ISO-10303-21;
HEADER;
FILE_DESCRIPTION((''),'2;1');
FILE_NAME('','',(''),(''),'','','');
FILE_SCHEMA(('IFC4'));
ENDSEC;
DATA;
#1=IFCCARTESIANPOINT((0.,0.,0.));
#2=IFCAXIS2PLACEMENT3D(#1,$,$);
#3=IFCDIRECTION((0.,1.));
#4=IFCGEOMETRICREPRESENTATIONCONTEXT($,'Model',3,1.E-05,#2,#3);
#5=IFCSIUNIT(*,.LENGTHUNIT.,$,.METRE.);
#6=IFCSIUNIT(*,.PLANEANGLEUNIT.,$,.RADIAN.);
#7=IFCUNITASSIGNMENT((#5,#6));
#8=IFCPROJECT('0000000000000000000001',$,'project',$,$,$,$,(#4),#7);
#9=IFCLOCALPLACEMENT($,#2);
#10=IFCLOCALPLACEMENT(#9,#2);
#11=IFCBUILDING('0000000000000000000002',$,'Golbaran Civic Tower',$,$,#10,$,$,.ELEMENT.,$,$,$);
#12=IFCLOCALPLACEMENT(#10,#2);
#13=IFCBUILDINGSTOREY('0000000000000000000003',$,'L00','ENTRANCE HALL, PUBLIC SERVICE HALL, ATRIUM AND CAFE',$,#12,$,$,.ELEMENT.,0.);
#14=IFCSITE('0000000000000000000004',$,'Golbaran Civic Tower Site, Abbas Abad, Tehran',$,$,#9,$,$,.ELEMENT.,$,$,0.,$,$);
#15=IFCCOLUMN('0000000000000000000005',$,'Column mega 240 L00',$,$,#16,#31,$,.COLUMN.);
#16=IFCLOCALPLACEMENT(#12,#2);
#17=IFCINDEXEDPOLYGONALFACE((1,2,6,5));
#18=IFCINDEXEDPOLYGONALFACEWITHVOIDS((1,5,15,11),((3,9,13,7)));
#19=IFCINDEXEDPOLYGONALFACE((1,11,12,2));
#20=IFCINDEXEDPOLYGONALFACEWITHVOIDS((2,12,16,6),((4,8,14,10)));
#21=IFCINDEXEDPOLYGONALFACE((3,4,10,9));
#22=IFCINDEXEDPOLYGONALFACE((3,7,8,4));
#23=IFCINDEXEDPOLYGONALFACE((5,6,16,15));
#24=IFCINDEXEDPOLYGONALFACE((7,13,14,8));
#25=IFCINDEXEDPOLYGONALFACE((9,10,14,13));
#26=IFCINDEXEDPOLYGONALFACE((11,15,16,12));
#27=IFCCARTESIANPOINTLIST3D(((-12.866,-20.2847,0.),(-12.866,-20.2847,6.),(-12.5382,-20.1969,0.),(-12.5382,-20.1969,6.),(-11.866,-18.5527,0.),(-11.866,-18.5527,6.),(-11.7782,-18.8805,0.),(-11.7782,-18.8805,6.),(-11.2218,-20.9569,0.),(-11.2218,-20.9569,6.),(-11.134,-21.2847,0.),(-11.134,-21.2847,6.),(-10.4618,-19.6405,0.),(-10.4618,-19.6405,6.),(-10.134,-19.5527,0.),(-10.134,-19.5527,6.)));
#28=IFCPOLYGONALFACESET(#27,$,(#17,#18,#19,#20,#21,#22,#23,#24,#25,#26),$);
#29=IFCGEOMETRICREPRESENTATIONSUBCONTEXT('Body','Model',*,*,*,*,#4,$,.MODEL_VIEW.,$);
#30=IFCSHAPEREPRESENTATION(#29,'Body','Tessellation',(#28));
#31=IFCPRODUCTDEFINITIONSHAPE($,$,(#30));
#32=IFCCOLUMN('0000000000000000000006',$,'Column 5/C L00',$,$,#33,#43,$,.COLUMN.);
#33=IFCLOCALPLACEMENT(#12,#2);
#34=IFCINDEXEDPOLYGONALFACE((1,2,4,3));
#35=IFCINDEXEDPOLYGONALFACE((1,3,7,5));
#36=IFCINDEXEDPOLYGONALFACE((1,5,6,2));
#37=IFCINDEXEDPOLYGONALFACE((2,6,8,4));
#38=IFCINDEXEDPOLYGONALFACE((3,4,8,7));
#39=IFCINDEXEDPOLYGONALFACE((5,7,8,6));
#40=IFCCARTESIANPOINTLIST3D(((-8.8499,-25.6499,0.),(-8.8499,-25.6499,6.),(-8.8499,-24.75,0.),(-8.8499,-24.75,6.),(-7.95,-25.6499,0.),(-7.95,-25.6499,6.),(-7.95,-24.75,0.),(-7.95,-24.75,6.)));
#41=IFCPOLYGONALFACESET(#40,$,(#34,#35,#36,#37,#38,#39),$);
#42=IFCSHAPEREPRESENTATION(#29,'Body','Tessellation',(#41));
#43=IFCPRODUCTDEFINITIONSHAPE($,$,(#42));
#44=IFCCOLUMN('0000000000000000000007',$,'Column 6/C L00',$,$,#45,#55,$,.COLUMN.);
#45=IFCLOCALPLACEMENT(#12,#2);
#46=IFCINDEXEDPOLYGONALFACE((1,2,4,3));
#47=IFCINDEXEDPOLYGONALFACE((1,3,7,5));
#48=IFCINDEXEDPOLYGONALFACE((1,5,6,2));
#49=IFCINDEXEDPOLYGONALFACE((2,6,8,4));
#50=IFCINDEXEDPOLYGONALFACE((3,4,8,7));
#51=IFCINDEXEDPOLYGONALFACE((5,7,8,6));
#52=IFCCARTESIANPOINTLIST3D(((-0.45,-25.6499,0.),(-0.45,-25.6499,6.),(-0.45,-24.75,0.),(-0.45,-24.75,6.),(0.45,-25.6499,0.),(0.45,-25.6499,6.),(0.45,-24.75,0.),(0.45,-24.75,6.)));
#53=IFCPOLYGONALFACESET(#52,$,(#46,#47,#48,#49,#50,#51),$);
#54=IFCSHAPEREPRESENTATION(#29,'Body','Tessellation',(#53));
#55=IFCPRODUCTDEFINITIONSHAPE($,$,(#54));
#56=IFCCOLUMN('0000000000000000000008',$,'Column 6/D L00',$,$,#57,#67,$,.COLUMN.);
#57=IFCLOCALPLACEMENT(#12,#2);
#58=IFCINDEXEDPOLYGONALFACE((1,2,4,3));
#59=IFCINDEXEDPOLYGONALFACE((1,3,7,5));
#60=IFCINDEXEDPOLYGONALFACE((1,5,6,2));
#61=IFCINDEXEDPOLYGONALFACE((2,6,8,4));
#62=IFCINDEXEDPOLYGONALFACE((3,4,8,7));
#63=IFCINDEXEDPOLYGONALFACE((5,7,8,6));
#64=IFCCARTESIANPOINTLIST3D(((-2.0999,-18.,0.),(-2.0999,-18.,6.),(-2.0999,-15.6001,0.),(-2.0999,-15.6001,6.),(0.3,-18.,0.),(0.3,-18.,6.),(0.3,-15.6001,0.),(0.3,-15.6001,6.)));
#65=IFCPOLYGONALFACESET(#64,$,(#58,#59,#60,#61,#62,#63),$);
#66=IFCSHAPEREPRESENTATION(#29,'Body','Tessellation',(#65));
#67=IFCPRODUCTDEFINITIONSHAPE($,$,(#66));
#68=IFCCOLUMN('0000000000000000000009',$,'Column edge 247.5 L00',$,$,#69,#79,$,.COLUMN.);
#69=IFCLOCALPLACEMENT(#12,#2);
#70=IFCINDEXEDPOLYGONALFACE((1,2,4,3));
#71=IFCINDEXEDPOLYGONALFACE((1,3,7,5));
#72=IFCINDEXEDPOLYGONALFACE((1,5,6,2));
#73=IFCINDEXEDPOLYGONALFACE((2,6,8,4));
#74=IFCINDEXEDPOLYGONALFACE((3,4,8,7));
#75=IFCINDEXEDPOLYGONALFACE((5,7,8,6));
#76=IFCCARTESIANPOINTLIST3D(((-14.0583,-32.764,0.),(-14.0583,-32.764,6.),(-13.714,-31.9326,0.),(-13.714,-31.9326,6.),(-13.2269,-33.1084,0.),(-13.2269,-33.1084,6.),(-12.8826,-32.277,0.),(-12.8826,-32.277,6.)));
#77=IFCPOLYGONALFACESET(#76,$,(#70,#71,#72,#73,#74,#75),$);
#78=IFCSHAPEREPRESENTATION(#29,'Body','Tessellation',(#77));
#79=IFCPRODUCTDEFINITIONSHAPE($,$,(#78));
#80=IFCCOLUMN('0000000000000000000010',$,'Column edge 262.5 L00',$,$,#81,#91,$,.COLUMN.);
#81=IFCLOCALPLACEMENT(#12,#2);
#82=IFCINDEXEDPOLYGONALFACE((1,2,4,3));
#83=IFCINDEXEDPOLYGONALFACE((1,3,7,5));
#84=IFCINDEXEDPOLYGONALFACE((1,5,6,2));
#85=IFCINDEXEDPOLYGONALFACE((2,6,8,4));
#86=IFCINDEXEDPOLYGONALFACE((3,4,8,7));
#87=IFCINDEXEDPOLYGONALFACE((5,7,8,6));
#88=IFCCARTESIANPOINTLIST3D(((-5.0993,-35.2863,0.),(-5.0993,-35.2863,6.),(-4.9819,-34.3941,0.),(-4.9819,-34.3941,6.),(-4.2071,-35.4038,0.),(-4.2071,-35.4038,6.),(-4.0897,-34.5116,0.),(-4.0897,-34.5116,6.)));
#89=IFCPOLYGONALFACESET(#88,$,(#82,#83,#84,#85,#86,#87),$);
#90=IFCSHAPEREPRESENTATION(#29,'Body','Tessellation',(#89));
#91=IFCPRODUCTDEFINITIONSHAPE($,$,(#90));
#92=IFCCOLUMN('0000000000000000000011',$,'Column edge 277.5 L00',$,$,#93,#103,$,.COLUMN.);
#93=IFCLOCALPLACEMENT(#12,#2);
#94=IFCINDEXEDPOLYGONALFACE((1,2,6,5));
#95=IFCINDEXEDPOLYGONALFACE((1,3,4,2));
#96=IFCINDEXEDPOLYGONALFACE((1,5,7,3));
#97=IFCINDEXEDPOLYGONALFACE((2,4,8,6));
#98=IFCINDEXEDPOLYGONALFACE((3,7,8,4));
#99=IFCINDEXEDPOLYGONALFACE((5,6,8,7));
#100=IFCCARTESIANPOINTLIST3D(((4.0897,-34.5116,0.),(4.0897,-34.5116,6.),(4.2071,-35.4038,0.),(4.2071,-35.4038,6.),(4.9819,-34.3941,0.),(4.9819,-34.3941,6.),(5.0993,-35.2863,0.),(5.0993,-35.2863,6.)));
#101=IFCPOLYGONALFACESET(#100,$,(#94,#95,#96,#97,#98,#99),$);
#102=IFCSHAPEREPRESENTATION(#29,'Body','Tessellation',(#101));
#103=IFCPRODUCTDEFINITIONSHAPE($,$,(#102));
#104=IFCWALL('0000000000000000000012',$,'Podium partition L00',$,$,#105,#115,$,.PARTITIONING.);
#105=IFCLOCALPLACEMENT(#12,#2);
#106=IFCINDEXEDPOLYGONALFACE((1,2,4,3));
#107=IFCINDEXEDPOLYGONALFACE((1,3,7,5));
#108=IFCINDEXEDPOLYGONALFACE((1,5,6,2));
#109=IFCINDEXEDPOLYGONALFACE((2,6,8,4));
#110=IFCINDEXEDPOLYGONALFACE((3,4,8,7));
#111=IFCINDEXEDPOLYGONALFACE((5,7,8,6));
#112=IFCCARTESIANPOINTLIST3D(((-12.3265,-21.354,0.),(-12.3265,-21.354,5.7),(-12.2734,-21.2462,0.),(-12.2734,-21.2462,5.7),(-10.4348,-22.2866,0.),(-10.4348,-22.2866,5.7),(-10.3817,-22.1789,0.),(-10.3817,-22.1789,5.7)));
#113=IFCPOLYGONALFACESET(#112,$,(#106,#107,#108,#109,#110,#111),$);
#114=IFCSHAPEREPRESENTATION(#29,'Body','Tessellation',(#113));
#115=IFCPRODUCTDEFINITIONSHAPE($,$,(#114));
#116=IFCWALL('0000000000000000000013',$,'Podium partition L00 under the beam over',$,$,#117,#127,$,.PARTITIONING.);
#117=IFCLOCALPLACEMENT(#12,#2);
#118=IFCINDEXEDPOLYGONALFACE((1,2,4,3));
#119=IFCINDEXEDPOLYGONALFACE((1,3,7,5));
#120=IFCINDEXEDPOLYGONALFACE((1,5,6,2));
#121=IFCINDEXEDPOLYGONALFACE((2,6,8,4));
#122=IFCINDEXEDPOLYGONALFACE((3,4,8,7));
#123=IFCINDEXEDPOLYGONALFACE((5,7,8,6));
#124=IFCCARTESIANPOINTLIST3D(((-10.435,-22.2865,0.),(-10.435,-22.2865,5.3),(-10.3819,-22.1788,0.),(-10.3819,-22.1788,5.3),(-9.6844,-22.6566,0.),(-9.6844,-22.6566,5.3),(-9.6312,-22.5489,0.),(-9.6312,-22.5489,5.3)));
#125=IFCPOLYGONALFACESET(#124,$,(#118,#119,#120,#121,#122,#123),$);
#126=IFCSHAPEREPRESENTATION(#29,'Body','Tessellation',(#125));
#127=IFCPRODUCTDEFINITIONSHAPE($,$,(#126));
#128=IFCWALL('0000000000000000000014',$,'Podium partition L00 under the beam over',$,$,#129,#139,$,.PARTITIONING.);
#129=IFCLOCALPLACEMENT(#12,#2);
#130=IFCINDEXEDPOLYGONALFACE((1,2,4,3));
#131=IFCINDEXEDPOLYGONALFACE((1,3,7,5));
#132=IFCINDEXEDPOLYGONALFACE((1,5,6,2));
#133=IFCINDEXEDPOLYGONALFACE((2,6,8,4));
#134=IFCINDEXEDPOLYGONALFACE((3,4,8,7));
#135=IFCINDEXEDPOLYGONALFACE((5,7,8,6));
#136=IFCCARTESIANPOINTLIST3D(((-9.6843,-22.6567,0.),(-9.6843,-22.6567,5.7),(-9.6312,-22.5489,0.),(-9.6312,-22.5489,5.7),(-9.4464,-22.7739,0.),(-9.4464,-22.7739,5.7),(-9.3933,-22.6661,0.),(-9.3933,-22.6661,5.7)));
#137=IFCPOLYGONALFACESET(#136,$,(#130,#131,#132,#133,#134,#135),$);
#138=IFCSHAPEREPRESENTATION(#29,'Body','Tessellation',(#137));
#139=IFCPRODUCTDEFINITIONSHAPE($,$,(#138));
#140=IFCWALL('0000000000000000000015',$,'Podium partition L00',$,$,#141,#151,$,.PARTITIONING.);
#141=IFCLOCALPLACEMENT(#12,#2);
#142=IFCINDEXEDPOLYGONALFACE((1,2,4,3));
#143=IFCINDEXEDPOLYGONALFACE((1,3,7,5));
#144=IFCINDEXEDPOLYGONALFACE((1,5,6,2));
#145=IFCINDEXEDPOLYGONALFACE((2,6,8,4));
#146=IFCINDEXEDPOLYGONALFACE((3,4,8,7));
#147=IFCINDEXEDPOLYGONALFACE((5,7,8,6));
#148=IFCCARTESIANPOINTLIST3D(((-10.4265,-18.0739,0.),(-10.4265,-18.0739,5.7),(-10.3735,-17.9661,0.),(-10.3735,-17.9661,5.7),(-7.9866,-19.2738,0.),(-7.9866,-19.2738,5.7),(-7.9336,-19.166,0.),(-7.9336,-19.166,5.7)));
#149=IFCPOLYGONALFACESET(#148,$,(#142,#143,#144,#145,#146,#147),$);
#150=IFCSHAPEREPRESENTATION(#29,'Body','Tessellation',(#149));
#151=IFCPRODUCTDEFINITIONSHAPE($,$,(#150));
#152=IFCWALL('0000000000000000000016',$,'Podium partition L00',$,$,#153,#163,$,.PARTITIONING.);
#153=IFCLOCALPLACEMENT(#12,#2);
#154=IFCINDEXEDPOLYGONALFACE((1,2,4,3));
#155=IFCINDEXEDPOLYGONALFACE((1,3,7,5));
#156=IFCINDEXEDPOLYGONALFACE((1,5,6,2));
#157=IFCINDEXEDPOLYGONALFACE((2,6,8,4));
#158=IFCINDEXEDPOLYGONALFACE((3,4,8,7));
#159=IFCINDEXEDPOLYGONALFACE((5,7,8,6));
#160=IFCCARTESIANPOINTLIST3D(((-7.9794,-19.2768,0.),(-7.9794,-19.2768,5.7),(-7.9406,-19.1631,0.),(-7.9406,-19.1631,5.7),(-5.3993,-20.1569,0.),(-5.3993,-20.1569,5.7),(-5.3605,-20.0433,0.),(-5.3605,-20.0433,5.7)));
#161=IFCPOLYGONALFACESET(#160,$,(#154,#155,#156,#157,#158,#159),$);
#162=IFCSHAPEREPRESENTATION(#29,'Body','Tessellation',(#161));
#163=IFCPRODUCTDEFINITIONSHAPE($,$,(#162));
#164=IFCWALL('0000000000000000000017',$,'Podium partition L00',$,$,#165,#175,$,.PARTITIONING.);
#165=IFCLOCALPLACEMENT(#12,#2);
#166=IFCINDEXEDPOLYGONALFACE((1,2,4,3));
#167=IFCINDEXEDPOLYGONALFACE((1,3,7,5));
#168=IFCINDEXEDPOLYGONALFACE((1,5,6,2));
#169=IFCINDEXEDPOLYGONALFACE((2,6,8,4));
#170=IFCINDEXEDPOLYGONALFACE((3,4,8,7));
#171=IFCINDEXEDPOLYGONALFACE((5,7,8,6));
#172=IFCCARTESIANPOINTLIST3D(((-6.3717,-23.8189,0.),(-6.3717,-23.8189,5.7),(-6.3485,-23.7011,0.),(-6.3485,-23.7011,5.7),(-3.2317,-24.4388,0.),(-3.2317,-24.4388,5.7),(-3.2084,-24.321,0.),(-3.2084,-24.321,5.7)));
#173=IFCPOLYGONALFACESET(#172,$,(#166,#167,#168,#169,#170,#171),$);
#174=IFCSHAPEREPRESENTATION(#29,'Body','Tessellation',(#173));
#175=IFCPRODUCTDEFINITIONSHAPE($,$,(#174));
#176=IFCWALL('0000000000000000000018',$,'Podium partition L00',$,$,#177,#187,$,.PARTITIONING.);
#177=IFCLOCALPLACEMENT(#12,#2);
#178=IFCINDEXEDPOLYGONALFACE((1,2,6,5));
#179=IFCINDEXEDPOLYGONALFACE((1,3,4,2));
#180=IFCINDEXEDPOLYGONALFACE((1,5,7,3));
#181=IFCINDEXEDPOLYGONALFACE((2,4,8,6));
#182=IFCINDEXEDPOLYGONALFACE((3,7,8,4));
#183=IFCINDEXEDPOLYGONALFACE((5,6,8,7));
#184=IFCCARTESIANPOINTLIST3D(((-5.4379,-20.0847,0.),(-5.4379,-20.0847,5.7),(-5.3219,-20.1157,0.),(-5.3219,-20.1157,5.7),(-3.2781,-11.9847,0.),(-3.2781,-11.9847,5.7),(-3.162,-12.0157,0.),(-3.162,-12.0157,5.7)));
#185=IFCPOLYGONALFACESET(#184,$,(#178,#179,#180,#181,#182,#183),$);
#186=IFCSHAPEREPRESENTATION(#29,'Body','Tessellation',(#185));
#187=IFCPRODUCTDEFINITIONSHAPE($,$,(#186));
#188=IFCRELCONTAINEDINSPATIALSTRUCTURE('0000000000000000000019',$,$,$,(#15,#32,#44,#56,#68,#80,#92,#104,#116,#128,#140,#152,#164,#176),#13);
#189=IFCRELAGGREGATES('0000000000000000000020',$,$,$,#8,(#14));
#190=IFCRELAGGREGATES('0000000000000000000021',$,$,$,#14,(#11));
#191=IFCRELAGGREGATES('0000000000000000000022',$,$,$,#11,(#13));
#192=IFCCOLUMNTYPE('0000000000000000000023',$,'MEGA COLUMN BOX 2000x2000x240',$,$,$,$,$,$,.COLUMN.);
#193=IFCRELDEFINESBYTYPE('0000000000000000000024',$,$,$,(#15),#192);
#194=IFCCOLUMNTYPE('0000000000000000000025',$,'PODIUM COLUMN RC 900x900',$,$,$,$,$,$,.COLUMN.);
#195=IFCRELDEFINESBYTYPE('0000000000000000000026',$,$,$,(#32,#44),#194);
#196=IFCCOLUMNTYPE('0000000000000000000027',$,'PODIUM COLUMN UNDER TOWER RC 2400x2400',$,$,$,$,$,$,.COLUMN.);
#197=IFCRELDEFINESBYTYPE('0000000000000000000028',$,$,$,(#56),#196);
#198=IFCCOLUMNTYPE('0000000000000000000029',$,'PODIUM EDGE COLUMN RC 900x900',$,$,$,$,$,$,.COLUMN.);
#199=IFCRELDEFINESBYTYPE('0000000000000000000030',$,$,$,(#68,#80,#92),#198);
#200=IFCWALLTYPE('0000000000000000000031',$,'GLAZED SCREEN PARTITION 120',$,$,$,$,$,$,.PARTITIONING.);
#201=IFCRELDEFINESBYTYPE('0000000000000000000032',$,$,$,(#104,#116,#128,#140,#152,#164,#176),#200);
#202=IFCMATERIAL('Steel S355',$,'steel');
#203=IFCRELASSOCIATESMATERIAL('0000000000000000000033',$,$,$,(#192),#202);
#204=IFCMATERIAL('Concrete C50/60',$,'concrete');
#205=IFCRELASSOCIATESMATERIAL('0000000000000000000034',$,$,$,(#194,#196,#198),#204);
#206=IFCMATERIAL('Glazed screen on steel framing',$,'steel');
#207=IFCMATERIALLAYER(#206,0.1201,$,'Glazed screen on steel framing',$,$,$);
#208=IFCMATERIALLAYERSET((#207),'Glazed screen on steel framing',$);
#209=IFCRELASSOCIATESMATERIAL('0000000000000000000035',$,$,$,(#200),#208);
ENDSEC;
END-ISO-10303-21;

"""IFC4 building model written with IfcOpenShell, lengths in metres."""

from ifc_helpers import new_model, si_unit, direction, frame, frame_2d, origin, origin_2d, place, context, subcontext, project, spatial, rectangle, hollow_rectangle, extrude, material, layer, layer_set, material_profile, profile_set, type_object, element, save


model = new_model("IFC4")

# Units and contexts
model_context = context("Model", 3, precision=1e-05, world=origin(), true_north=direction((0.0, 1.0)))
body_context = subcontext(model_context, "Body", "Model", "MODEL_VIEW")
ifc_project = project(units=[si_unit("LENGTHUNIT", "METRE"), si_unit("PLANEANGLEUNIT", "RADIAN")], contexts=[model_context])

# Site, building, storey
site_placement = place(None, origin())
site = spatial("IfcSite", under=ifc_project, at=site_placement, Name="Golbaran Civic Tower Site, Abbas Abad, Tehran", CompositionType="ELEMENT", RefElevation=0.0)
building_placement = place(site_placement, origin())
building = spatial("IfcBuilding", under=site, at=building_placement, Name="Golbaran Civic Tower", CompositionType="ELEMENT")
storey_placement = place(building_placement, origin())
storey = spatial("IfcBuildingStorey", under=building, at=storey_placement, Name="L00", Description="ENTRANCE HALL, PUBLIC SERVICE HALL, ATRIUM AND CAFE", CompositionType="ELEMENT", Elevation=0.0)

# Columns
ifc_material_1 = material(Name="Steel S355", Category="steel")
ifc_material_profile_1 = material_profile(ifc_material_1, hollow_rectangle(XDim=2.0, YDim=2.0, WallThickness=0.24, at=origin_2d()), Name="BOX 2000x2000x240")
ifc_profile_set_1 = profile_set([ifc_material_profile_1], Name="Steel S355")
column_type_1 = type_object("IfcColumnType", Name="MEGA COLUMN BOX 2000x2000x240", PredefinedType="COLUMN", material=ifc_profile_set_1)
column_1_placement = place(storey_placement, frame((-11.5, -19.9187, 0.0), z_axis=(0.0, 0.0, 1.0), x_axis=(-0.5, -0.866025, 0.0)))
element("IfcColumn", 1, at=column_1_placement, inside=storey, type_object=column_type_1, Name="Column mega 240 L00", PredefinedType="COLUMN", context=body_context, shape_type="SweptSolid", body=[
    extrude(hollow_rectangle(XDim=2.0, YDim=2.0, WallThickness=0.24, at=origin_2d()), origin(), (0.0, 0.0, 1.0), 6.0),
])
ifc_material_2 = material(Name="Concrete C50/60", Category="concrete")
ifc_material_profile_2 = material_profile(ifc_material_2, rectangle(XDim=0.8999, YDim=0.8999, at=origin_2d()), Name="RC 900x900")
ifc_profile_set_2 = profile_set([ifc_material_profile_2], Name="Concrete C50/60")
column_type_2 = type_object("IfcColumnType", Name="PODIUM COLUMN RC 900x900", PredefinedType="COLUMN", material=ifc_profile_set_2)
for number, where, z_axis, x_axis, name in (
    (2, (-8.3999, -25.2, 0.0), (0.0, 0.0, 1.0), (1.0, 0.0, 0.0), "Column 5/C L00"),
    (3, (0.0, -25.2, 0.0), (0.0, 0.0, 1.0), (1.0, 0.0, 0.0), "Column 6/C L00"),
):
    element("IfcColumn", number, at=place(storey_placement, frame(where, z_axis=z_axis, x_axis=x_axis)), inside=storey, type_object=column_type_2, Name=name, PredefinedType="COLUMN", context=body_context, shape_type="SweptSolid", body=[
        extrude(rectangle(XDim=0.8999, YDim=0.8999, at=origin_2d()), origin(), (0.0, 0.0, 1.0), 6.0),
    ])
ifc_material_profile_3 = material_profile(ifc_material_2, rectangle(XDim=2.3999, YDim=2.3999, at=origin_2d()), Name="RC 2400x2400")
ifc_profile_set_3 = profile_set([ifc_material_profile_3], Name="Concrete C50/60")
column_type_3 = type_object("IfcColumnType", Name="PODIUM COLUMN UNDER TOWER RC 2400x2400", PredefinedType="COLUMN", material=ifc_profile_set_3)
column_2_placement = place(storey_placement, frame((-0.8999, -16.8, 0.0), z_axis=(0.0, 0.0, 1.0), x_axis=(1.0, 0.0, 0.0)))
element("IfcColumn", 4, at=column_2_placement, inside=storey, type_object=column_type_3, Name="Column 6/D L00", PredefinedType="COLUMN", context=body_context, shape_type="SweptSolid", body=[
    extrude(rectangle(XDim=2.3999, YDim=2.3999, at=origin_2d()), origin(), (0.0, 0.0, 1.0), 6.0),
])
ifc_material_profile_4 = material_profile(ifc_material_2, rectangle(XDim=0.8999, YDim=0.8999, at=origin_2d()), Name="RC 900x900")
ifc_profile_set_4 = profile_set([ifc_material_profile_4], Name="Concrete C50/60")
column_type_4 = type_object("IfcColumnType", Name="PODIUM EDGE COLUMN RC 900x900", PredefinedType="COLUMN", material=ifc_profile_set_4)
for number, where, z_axis, x_axis, name in (
    (5, (-13.4705, -32.5205, 0.0), (0.0, 0.0, 1.0), (-0.382683, -0.92388, 0.0), "Column edge 247.5 L00"),
    (6, (-4.5945, -34.8989, 0.0), (0.0, 0.0, 1.0), (-0.130526, -0.991445, 0.0), "Column edge 262.5 L00"),
    (7, (4.5945, -34.8989, 0.0), (0.0, 0.0, 1.0), (0.130526, -0.991445, 0.0), "Column edge 277.5 L00"),
):
    element("IfcColumn", number, at=place(storey_placement, frame(where, z_axis=z_axis, x_axis=x_axis)), inside=storey, type_object=column_type_4, Name=name, PredefinedType="COLUMN", context=body_context, shape_type="SweptSolid", body=[
        extrude(rectangle(XDim=0.8999, YDim=0.8999, at=origin_2d()), origin(), (0.0, 0.0, 1.0), 6.0),
    ])

# Walls
ifc_material_3 = material(Name="Glazed screen on steel framing", Category="steel")
ifc_layer_1 = layer(ifc_material_3, 0.1201, Name="Glazed screen on steel framing")
ifc_layer_set_1 = layer_set([ifc_layer_1], Name="Glazed screen on steel framing")
wall_type_1 = type_object("IfcWallType", Name="GLAZED SCREEN PARTITION 120", PredefinedType="PARTITIONING", material=ifc_layer_set_1)
wall_1_placement = place(storey_placement, frame((-12.3, -21.3, 0.0), z_axis=(0.0, 0.0, 1.0), x_axis=(0.896914, -0.442206, 0.0)))
element("IfcWall", 8, at=wall_1_placement, inside=storey, type_object=wall_type_1, Name="Podium partition L00", PredefinedType="PARTITIONING", context=body_context, shape_type="SweptSolid", body=[
    extrude(rectangle(XDim=2.1091, YDim=0.1201, at=frame_2d((1.0547, 0.0))), origin(), (0.0, 0.0, 1.0), 5.7),
])
wall_2_placement = place(storey_placement, frame((-10.4084, -22.2327, 0.0), z_axis=(0.0, 0.0, 1.0), x_axis=(0.896922, -0.44219, 0.0)))
element("IfcWall", 9, at=wall_2_placement, inside=storey, type_object=wall_type_1, Name="Podium partition L00 under the beam over", PredefinedType="PARTITIONING", context=body_context, shape_type="SweptSolid", body=[
    extrude(rectangle(XDim=0.8369, YDim=0.1201, at=frame_2d((0.4185, 0.0))), origin(), (0.0, 0.0, 1.0), 5.3),
])
wall_3_placement = place(storey_placement, frame((-9.6577, -22.6028, 0.0), z_axis=(0.0, 0.0, 1.0), x_axis=(0.896991, -0.442049, 0.0)))
element("IfcWall", 10, at=wall_3_placement, inside=storey, type_object=wall_type_1, Name="Podium partition L00 under the beam over", PredefinedType="PARTITIONING", context=body_context, shape_type="SweptSolid", body=[
    extrude(rectangle(XDim=0.2651, YDim=0.1201, at=frame_2d((0.1326, 0.0))), origin(), (0.0, 0.0, 1.0), 5.7),
])
wall_4_placement = place(storey_placement, frame((-10.3999, -18.02, 0.0), z_axis=(0.0, 0.0, 1.0), x_axis=(0.897353, -0.441314, 0.0)))
element("IfcWall", 11, at=wall_4_placement, inside=storey, type_object=wall_type_1, Name="Podium partition L00", PredefinedType="PARTITIONING", context=body_context, shape_type="SweptSolid", body=[
    extrude(rectangle(XDim=2.719, YDim=0.1201, at=frame_2d((1.3594, 0.0))), origin(), (0.0, 0.0, 1.0), 5.7),
])

# Walls
wall_5_placement = place(storey_placement, frame((-7.96, -19.22, 0.0), z_axis=(0.0, 0.0, 1.0), x_axis=(0.946448, -0.322856, 0.0)))
element("IfcWall", 12, at=wall_5_placement, inside=storey, type_object=wall_type_1, Name="Podium partition L00", PredefinedType="PARTITIONING", context=body_context, shape_type="SweptSolid", body=[
    extrude(rectangle(XDim=2.7261, YDim=0.1201, at=frame_2d((1.363, 0.0))), origin(), (0.0, 0.0, 1.0), 5.7),
])
wall_6_placement = place(storey_placement, frame((-6.3601, -23.76, 0.0), z_axis=(0.0, 0.0, 1.0), x_axis=(0.981068, -0.193666, 0.0)))
element("IfcWall", 13, at=wall_6_placement, inside=storey, type_object=wall_type_1, Name="Podium partition L00", PredefinedType="PARTITIONING", context=body_context, shape_type="SweptSolid", body=[
    extrude(rectangle(XDim=3.2007, YDim=0.1201, at=frame_2d((1.6003, 0.0))), origin(), (0.0, 0.0, 1.0), 5.7),
])
wall_7_placement = place(storey_placement, frame((-5.3799, -20.1001, 0.0), z_axis=(0.0, 0.0, 1.0), x_axis=(0.25765, 0.966238, 0.0)))
element("IfcWall", 14, at=wall_7_placement, inside=storey, type_object=wall_type_1, Name="Podium partition L00", PredefinedType="PARTITIONING", context=body_context, shape_type="SweptSolid", body=[
    extrude(rectangle(XDim=8.3831, YDim=0.1201, at=frame_2d((4.1914, 0.0))), origin(), (0.0, 0.0, 1.0), 5.7),
])

save(model, "model.ifc")
